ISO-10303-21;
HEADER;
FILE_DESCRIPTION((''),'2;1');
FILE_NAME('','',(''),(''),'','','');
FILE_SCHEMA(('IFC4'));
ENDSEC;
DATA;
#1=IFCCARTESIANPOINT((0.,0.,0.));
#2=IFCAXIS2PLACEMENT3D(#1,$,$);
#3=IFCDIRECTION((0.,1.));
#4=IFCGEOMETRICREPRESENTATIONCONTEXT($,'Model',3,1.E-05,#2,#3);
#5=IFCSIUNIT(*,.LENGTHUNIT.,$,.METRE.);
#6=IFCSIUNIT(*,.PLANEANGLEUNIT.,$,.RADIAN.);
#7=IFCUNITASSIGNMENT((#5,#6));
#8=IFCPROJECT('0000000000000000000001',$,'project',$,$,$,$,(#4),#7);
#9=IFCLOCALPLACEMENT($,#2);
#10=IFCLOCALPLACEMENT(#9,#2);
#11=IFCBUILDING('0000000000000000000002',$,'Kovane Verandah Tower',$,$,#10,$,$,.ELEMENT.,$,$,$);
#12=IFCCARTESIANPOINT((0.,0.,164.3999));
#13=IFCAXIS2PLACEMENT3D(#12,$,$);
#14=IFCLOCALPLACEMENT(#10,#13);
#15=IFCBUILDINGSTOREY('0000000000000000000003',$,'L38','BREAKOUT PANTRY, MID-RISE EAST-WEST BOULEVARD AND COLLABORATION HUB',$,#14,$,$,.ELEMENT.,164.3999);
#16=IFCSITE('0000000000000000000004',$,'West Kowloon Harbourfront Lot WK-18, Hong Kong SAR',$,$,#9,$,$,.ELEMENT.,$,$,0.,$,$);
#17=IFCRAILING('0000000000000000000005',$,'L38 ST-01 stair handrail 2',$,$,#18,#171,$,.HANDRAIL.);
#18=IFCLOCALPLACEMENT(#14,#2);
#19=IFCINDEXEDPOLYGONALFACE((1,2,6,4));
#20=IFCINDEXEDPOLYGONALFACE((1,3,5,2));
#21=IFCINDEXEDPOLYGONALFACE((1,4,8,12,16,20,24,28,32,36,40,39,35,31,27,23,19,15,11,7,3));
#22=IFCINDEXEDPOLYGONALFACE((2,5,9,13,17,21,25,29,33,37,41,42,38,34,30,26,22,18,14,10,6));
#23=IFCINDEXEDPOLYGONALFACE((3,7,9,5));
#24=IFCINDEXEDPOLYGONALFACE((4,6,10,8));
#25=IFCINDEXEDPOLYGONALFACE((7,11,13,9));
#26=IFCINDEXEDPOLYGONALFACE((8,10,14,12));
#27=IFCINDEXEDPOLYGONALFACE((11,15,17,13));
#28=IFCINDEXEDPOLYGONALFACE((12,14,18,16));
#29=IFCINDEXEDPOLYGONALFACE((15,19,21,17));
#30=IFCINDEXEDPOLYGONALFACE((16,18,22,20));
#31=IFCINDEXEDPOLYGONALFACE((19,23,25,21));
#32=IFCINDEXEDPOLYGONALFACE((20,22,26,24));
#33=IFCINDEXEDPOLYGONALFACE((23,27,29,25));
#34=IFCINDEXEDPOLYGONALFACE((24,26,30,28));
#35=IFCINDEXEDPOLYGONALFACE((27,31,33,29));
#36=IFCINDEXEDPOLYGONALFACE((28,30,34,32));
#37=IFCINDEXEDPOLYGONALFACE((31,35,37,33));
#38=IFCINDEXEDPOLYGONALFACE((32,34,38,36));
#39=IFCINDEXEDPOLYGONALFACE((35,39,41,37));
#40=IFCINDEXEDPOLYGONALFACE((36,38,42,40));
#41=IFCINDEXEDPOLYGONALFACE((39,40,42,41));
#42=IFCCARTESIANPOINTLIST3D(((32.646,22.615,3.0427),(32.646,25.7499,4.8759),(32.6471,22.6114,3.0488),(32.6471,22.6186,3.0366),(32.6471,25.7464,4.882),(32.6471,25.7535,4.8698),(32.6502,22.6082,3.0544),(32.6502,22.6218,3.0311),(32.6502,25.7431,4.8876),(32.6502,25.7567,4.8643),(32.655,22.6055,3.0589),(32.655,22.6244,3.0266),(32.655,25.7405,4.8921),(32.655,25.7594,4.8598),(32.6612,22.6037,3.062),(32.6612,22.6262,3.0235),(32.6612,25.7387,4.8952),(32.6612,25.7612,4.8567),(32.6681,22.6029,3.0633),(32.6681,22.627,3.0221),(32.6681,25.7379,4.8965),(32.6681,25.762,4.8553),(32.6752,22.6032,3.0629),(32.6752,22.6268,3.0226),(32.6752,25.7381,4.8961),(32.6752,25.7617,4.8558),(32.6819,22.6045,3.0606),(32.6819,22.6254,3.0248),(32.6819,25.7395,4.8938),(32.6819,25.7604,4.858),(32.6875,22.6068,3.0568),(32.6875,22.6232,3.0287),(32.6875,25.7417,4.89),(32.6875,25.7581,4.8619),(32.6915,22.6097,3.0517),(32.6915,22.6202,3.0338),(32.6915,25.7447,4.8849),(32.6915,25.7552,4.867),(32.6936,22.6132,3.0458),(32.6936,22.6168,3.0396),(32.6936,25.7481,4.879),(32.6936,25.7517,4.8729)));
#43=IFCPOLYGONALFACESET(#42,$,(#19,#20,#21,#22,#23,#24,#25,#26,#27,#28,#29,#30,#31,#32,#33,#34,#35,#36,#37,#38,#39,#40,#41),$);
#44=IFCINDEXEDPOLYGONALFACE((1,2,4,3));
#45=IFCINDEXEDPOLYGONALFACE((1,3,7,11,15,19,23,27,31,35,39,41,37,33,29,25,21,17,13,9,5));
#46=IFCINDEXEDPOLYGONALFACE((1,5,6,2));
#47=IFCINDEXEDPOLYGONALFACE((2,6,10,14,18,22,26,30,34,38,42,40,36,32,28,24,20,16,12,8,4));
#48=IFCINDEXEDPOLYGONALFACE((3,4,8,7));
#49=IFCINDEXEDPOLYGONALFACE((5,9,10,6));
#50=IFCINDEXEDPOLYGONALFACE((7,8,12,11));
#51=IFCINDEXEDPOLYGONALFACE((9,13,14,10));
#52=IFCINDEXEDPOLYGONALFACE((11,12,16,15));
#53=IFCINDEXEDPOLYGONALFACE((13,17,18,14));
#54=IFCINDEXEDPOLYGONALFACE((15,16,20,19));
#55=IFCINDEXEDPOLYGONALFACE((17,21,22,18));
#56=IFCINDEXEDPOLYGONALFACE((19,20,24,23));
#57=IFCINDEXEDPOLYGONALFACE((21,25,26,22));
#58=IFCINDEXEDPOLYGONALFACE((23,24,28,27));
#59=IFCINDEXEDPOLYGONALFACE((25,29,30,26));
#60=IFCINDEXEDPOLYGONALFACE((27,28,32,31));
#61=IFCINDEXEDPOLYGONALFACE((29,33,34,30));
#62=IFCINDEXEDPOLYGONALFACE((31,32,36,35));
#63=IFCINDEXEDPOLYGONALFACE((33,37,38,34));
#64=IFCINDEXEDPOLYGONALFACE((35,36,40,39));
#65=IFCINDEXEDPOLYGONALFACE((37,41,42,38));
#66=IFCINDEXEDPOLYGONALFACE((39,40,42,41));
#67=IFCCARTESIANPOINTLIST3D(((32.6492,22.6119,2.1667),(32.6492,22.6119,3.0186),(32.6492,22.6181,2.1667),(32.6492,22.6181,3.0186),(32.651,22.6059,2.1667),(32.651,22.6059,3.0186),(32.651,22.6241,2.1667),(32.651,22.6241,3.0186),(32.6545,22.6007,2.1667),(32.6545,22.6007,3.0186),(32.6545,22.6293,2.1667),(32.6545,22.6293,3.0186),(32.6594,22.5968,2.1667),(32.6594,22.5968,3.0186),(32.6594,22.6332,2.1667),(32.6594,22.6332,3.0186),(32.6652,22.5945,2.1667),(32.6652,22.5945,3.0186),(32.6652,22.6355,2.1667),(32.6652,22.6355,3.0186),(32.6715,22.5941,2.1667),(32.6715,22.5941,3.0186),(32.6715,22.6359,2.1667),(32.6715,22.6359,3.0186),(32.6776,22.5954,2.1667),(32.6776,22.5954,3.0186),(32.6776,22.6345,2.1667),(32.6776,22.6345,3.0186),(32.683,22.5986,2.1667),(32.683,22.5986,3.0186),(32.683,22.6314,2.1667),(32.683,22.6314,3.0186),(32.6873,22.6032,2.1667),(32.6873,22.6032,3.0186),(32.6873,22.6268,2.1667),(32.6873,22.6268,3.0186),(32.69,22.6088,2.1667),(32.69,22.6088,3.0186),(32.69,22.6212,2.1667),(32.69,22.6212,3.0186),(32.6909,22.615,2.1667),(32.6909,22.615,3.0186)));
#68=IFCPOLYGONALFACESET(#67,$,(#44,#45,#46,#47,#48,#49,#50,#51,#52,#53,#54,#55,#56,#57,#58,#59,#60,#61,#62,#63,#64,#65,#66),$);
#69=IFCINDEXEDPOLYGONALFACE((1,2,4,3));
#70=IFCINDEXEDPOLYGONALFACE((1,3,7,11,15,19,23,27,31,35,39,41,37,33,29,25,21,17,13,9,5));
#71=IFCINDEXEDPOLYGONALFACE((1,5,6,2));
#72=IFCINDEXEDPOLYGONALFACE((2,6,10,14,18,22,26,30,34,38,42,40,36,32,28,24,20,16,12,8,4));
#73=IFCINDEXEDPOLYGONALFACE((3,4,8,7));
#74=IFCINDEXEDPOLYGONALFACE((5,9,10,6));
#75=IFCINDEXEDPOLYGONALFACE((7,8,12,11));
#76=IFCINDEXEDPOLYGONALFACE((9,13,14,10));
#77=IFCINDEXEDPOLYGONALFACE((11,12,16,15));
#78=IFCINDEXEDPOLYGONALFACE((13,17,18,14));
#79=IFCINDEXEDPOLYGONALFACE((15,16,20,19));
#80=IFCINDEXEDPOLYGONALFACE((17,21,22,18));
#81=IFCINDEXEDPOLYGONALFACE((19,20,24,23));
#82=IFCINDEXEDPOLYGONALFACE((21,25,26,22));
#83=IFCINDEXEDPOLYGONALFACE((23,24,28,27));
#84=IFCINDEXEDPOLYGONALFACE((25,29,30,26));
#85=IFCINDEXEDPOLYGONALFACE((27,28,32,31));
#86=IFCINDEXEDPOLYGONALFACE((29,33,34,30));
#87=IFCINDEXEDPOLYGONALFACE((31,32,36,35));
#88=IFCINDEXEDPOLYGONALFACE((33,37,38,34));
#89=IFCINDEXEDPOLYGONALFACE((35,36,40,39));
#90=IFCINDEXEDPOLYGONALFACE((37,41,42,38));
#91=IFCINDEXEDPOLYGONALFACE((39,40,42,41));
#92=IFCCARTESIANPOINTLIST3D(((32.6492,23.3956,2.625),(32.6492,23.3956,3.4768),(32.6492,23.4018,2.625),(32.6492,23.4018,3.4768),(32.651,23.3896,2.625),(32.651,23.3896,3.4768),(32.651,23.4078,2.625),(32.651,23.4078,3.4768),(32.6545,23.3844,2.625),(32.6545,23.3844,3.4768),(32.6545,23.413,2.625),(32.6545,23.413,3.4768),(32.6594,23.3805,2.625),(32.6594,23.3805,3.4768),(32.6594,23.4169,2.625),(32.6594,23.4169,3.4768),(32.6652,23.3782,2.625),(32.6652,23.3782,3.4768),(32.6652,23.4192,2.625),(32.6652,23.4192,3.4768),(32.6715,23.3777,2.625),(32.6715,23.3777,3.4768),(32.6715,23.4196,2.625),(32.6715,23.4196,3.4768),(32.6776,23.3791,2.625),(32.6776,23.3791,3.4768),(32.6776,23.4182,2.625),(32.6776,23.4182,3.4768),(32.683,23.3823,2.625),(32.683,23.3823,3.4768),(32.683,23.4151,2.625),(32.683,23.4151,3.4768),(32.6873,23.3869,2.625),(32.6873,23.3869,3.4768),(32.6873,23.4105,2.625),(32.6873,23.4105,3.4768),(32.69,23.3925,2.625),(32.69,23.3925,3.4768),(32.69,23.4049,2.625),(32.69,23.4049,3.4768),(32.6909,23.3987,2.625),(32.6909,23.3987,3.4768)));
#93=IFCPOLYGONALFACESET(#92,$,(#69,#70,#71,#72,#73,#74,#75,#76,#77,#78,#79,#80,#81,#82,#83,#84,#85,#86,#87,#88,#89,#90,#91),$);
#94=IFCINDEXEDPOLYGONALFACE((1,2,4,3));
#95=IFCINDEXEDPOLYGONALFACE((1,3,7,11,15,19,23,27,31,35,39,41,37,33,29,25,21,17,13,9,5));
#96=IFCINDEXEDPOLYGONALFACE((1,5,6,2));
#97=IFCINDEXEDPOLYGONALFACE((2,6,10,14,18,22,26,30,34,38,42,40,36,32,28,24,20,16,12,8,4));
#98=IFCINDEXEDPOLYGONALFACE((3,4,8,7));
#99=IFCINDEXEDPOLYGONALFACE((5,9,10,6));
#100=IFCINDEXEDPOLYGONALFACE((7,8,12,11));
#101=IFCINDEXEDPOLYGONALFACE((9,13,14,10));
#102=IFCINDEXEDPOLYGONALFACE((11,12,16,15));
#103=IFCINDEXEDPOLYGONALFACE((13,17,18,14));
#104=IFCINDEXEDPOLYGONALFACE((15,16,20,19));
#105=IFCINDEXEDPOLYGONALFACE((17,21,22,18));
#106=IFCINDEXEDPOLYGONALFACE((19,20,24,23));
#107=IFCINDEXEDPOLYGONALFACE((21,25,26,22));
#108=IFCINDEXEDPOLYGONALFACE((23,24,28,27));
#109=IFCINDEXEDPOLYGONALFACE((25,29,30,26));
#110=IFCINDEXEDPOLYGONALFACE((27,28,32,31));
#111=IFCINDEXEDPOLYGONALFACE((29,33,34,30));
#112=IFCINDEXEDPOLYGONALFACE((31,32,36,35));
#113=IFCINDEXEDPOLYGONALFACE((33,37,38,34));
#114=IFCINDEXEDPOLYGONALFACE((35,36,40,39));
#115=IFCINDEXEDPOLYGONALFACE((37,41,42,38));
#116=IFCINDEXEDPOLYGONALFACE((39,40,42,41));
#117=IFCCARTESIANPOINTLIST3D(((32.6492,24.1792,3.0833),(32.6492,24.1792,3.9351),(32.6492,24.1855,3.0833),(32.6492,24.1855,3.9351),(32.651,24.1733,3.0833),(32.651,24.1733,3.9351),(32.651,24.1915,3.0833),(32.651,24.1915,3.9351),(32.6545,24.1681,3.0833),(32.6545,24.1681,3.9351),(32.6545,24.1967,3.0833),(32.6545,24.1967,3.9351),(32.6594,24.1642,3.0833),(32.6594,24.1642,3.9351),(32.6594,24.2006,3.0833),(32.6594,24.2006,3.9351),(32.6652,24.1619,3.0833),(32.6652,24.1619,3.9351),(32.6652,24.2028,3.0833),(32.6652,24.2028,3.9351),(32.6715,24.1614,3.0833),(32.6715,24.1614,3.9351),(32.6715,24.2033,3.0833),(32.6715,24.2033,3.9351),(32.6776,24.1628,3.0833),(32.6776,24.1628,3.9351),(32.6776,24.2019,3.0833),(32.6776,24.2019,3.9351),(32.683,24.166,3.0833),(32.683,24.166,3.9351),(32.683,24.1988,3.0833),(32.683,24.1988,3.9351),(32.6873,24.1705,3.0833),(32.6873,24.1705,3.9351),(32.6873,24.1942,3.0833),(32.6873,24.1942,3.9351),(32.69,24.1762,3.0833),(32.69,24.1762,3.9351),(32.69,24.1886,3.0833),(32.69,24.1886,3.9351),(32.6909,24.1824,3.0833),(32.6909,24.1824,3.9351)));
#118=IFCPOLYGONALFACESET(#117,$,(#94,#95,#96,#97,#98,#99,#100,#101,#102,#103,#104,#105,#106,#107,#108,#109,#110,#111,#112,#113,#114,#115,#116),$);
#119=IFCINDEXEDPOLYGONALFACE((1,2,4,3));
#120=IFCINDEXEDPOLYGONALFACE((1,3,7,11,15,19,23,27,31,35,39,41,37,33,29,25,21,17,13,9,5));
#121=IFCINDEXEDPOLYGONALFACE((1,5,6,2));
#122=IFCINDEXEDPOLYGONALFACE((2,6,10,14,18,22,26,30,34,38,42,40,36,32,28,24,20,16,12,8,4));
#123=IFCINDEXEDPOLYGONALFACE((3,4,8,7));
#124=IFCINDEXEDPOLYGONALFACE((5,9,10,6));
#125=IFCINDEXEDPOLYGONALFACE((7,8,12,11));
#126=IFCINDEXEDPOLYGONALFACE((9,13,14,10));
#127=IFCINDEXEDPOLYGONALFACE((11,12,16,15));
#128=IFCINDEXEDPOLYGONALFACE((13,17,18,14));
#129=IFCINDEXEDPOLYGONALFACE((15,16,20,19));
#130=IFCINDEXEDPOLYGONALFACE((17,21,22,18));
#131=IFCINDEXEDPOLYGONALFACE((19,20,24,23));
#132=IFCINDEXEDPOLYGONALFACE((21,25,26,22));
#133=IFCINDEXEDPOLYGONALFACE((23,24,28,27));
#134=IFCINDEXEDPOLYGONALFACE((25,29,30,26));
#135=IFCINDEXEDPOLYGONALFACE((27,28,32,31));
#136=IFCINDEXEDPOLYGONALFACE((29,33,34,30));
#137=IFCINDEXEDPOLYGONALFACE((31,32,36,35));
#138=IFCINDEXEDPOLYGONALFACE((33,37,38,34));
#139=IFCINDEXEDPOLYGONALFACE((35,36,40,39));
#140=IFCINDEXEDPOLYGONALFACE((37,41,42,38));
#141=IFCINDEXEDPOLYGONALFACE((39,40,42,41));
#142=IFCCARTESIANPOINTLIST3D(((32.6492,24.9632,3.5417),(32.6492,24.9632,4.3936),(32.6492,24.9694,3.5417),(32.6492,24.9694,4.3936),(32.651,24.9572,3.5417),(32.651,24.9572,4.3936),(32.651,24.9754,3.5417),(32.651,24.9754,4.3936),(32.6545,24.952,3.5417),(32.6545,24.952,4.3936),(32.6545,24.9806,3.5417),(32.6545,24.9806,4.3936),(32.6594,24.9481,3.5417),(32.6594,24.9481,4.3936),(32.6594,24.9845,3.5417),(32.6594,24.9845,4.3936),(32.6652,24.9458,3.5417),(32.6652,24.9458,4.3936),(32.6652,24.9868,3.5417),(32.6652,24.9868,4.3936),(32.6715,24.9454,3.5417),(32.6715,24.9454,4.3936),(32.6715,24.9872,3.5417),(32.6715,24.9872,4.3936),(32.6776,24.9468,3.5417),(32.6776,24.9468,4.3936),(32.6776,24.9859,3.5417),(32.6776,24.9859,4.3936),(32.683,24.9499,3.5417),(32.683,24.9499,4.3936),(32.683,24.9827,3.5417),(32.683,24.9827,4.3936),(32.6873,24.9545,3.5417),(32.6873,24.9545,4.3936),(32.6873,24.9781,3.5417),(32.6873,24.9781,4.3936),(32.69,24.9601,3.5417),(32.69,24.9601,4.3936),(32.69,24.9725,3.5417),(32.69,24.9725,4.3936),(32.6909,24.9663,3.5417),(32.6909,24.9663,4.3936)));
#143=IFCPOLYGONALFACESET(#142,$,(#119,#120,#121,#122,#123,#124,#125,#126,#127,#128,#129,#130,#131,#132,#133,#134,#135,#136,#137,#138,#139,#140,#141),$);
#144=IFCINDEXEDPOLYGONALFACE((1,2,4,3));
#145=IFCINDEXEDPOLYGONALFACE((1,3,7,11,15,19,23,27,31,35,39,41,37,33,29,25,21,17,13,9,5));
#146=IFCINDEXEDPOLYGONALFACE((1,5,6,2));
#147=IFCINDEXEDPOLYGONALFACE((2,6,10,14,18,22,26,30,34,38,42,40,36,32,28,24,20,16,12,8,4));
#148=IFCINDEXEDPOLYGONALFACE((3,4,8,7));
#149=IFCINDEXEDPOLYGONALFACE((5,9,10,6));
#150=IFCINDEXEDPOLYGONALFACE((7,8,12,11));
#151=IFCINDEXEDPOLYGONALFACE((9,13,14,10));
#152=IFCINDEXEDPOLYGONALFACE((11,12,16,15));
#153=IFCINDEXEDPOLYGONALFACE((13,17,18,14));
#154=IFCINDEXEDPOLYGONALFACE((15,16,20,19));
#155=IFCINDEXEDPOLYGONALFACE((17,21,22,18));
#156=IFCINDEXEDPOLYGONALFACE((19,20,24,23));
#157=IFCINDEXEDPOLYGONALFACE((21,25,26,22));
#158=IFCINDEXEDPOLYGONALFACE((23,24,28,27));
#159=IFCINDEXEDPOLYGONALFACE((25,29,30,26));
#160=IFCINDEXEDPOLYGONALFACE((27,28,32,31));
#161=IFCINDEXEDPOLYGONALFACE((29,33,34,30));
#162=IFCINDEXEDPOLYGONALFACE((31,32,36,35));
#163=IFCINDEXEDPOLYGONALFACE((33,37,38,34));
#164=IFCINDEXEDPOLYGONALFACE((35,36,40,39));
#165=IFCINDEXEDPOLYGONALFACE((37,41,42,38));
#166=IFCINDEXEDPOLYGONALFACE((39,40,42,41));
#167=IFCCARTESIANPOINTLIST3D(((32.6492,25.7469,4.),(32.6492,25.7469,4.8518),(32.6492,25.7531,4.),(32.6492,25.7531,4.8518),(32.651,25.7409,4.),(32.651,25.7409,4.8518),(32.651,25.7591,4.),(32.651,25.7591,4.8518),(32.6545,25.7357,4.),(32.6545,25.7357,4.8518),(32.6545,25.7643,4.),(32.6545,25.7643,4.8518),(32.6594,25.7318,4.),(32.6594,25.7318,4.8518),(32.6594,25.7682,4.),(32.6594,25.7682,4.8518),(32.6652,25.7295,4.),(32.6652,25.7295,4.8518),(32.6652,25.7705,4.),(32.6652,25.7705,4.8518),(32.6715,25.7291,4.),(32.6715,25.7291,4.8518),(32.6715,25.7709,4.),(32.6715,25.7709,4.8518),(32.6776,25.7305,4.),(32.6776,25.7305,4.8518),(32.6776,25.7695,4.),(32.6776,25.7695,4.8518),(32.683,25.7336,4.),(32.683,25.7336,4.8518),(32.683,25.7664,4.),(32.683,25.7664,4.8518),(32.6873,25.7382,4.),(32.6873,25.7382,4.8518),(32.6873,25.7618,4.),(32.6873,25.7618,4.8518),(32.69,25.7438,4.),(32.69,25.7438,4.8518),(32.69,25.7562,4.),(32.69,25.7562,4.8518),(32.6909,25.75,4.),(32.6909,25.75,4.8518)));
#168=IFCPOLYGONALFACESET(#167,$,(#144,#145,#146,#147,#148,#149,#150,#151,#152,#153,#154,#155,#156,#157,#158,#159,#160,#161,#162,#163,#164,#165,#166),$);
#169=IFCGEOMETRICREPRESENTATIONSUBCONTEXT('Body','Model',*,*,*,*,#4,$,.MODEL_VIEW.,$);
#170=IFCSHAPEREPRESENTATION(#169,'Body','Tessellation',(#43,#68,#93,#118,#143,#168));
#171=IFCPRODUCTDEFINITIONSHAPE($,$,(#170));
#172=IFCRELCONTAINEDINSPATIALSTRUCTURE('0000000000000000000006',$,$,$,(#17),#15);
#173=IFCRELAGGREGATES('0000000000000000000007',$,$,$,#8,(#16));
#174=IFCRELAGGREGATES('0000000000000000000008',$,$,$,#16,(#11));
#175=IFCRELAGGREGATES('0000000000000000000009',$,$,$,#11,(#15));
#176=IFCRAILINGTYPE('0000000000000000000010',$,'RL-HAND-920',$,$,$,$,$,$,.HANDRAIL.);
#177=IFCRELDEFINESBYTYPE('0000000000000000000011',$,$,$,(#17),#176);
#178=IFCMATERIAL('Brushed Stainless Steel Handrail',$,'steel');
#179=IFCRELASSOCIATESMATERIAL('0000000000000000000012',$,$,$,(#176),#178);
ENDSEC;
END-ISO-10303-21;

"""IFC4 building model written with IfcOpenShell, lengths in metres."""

from ifc_helpers import new_model, si_unit, direction, frame, origin, origin_2d, place, context, subcontext, project, spatial, circle, extrude, material, type_object, element, save


model = new_model("IFC4")

# Units and contexts
model_context = context("Model", 3, precision=1e-05, world=origin(), true_north=direction((0.0, 1.0)))
body_context = subcontext(model_context, "Body", "Model", "MODEL_VIEW")
ifc_project = project(units=[si_unit("LENGTHUNIT", "METRE"), si_unit("PLANEANGLEUNIT", "RADIAN")], contexts=[model_context])

# Site, building, storey
site_placement = place(None, origin())
site = spatial("IfcSite", under=ifc_project, at=site_placement, Name="West Kowloon Harbourfront Lot WK-18, Hong Kong SAR", CompositionType="ELEMENT", RefElevation=0.0)
building_placement = place(site_placement, origin())
building = spatial("IfcBuilding", under=site, at=building_placement, Name="Kovane Verandah Tower", CompositionType="ELEMENT")
storey_placement = place(building_placement, frame((0.0, 0.0, 164.3999)))
storey = spatial("IfcBuildingStorey", under=building, at=storey_placement, Name="L38", Description="BREAKOUT PANTRY, MID-RISE EAST-WEST BOULEVARD AND COLLABORATION HUB", CompositionType="ELEMENT", Elevation=164.3999)

# Railing
ifc_material_1 = material(Name="Brushed Stainless Steel Handrail", Category="steel")
railing_type_1 = type_object("IfcRailingType", Name="RL-HAND-920", PredefinedType="HANDRAIL", material=ifc_material_1)
railing_1_placement = place(storey_placement, frame((32.6699, 22.615, 2.1667)))
element("IfcRailing", 1, at=railing_1_placement, inside=storey, type_object=railing_type_1, Name="L38 ST-01 stair handrail 2", PredefinedType="HANDRAIL", context=body_context, shape_type="SweptSolid", body=[
    extrude(circle(Radius=0.0239, at=origin_2d()), frame((0.0, 0.0, 0.876), z_axis=(0.0, 0.86324, 0.504794), x_axis=(-1.0, 0.0, 0.0)), (0.0, 0.0, 1.0), 3.6316),
    extrude(circle(Radius=0.021, at=origin_2d()), origin(), (0.0, 0.0, 1.0), 0.8518),
    extrude(circle(Radius=0.021, at=origin_2d()), frame((0.0, 0.7837, 0.4583)), (0.0, 0.0, 1.0), 0.8518),
    extrude(circle(Radius=0.021, at=origin_2d()), frame((0.0, 1.5674, 0.9165)), (0.0, 0.0, 1.0), 0.8518),
    extrude(circle(Radius=0.021, at=origin_2d()), frame((0.0, 2.3513, 1.375)), (0.0, 0.0, 1.0), 0.8518),
    extrude(circle(Radius=0.021, at=origin_2d()), frame((0.0, 3.135, 1.8333)), (0.0, 0.0, 1.0), 0.8518),
])

save(model, "model.ifc")
